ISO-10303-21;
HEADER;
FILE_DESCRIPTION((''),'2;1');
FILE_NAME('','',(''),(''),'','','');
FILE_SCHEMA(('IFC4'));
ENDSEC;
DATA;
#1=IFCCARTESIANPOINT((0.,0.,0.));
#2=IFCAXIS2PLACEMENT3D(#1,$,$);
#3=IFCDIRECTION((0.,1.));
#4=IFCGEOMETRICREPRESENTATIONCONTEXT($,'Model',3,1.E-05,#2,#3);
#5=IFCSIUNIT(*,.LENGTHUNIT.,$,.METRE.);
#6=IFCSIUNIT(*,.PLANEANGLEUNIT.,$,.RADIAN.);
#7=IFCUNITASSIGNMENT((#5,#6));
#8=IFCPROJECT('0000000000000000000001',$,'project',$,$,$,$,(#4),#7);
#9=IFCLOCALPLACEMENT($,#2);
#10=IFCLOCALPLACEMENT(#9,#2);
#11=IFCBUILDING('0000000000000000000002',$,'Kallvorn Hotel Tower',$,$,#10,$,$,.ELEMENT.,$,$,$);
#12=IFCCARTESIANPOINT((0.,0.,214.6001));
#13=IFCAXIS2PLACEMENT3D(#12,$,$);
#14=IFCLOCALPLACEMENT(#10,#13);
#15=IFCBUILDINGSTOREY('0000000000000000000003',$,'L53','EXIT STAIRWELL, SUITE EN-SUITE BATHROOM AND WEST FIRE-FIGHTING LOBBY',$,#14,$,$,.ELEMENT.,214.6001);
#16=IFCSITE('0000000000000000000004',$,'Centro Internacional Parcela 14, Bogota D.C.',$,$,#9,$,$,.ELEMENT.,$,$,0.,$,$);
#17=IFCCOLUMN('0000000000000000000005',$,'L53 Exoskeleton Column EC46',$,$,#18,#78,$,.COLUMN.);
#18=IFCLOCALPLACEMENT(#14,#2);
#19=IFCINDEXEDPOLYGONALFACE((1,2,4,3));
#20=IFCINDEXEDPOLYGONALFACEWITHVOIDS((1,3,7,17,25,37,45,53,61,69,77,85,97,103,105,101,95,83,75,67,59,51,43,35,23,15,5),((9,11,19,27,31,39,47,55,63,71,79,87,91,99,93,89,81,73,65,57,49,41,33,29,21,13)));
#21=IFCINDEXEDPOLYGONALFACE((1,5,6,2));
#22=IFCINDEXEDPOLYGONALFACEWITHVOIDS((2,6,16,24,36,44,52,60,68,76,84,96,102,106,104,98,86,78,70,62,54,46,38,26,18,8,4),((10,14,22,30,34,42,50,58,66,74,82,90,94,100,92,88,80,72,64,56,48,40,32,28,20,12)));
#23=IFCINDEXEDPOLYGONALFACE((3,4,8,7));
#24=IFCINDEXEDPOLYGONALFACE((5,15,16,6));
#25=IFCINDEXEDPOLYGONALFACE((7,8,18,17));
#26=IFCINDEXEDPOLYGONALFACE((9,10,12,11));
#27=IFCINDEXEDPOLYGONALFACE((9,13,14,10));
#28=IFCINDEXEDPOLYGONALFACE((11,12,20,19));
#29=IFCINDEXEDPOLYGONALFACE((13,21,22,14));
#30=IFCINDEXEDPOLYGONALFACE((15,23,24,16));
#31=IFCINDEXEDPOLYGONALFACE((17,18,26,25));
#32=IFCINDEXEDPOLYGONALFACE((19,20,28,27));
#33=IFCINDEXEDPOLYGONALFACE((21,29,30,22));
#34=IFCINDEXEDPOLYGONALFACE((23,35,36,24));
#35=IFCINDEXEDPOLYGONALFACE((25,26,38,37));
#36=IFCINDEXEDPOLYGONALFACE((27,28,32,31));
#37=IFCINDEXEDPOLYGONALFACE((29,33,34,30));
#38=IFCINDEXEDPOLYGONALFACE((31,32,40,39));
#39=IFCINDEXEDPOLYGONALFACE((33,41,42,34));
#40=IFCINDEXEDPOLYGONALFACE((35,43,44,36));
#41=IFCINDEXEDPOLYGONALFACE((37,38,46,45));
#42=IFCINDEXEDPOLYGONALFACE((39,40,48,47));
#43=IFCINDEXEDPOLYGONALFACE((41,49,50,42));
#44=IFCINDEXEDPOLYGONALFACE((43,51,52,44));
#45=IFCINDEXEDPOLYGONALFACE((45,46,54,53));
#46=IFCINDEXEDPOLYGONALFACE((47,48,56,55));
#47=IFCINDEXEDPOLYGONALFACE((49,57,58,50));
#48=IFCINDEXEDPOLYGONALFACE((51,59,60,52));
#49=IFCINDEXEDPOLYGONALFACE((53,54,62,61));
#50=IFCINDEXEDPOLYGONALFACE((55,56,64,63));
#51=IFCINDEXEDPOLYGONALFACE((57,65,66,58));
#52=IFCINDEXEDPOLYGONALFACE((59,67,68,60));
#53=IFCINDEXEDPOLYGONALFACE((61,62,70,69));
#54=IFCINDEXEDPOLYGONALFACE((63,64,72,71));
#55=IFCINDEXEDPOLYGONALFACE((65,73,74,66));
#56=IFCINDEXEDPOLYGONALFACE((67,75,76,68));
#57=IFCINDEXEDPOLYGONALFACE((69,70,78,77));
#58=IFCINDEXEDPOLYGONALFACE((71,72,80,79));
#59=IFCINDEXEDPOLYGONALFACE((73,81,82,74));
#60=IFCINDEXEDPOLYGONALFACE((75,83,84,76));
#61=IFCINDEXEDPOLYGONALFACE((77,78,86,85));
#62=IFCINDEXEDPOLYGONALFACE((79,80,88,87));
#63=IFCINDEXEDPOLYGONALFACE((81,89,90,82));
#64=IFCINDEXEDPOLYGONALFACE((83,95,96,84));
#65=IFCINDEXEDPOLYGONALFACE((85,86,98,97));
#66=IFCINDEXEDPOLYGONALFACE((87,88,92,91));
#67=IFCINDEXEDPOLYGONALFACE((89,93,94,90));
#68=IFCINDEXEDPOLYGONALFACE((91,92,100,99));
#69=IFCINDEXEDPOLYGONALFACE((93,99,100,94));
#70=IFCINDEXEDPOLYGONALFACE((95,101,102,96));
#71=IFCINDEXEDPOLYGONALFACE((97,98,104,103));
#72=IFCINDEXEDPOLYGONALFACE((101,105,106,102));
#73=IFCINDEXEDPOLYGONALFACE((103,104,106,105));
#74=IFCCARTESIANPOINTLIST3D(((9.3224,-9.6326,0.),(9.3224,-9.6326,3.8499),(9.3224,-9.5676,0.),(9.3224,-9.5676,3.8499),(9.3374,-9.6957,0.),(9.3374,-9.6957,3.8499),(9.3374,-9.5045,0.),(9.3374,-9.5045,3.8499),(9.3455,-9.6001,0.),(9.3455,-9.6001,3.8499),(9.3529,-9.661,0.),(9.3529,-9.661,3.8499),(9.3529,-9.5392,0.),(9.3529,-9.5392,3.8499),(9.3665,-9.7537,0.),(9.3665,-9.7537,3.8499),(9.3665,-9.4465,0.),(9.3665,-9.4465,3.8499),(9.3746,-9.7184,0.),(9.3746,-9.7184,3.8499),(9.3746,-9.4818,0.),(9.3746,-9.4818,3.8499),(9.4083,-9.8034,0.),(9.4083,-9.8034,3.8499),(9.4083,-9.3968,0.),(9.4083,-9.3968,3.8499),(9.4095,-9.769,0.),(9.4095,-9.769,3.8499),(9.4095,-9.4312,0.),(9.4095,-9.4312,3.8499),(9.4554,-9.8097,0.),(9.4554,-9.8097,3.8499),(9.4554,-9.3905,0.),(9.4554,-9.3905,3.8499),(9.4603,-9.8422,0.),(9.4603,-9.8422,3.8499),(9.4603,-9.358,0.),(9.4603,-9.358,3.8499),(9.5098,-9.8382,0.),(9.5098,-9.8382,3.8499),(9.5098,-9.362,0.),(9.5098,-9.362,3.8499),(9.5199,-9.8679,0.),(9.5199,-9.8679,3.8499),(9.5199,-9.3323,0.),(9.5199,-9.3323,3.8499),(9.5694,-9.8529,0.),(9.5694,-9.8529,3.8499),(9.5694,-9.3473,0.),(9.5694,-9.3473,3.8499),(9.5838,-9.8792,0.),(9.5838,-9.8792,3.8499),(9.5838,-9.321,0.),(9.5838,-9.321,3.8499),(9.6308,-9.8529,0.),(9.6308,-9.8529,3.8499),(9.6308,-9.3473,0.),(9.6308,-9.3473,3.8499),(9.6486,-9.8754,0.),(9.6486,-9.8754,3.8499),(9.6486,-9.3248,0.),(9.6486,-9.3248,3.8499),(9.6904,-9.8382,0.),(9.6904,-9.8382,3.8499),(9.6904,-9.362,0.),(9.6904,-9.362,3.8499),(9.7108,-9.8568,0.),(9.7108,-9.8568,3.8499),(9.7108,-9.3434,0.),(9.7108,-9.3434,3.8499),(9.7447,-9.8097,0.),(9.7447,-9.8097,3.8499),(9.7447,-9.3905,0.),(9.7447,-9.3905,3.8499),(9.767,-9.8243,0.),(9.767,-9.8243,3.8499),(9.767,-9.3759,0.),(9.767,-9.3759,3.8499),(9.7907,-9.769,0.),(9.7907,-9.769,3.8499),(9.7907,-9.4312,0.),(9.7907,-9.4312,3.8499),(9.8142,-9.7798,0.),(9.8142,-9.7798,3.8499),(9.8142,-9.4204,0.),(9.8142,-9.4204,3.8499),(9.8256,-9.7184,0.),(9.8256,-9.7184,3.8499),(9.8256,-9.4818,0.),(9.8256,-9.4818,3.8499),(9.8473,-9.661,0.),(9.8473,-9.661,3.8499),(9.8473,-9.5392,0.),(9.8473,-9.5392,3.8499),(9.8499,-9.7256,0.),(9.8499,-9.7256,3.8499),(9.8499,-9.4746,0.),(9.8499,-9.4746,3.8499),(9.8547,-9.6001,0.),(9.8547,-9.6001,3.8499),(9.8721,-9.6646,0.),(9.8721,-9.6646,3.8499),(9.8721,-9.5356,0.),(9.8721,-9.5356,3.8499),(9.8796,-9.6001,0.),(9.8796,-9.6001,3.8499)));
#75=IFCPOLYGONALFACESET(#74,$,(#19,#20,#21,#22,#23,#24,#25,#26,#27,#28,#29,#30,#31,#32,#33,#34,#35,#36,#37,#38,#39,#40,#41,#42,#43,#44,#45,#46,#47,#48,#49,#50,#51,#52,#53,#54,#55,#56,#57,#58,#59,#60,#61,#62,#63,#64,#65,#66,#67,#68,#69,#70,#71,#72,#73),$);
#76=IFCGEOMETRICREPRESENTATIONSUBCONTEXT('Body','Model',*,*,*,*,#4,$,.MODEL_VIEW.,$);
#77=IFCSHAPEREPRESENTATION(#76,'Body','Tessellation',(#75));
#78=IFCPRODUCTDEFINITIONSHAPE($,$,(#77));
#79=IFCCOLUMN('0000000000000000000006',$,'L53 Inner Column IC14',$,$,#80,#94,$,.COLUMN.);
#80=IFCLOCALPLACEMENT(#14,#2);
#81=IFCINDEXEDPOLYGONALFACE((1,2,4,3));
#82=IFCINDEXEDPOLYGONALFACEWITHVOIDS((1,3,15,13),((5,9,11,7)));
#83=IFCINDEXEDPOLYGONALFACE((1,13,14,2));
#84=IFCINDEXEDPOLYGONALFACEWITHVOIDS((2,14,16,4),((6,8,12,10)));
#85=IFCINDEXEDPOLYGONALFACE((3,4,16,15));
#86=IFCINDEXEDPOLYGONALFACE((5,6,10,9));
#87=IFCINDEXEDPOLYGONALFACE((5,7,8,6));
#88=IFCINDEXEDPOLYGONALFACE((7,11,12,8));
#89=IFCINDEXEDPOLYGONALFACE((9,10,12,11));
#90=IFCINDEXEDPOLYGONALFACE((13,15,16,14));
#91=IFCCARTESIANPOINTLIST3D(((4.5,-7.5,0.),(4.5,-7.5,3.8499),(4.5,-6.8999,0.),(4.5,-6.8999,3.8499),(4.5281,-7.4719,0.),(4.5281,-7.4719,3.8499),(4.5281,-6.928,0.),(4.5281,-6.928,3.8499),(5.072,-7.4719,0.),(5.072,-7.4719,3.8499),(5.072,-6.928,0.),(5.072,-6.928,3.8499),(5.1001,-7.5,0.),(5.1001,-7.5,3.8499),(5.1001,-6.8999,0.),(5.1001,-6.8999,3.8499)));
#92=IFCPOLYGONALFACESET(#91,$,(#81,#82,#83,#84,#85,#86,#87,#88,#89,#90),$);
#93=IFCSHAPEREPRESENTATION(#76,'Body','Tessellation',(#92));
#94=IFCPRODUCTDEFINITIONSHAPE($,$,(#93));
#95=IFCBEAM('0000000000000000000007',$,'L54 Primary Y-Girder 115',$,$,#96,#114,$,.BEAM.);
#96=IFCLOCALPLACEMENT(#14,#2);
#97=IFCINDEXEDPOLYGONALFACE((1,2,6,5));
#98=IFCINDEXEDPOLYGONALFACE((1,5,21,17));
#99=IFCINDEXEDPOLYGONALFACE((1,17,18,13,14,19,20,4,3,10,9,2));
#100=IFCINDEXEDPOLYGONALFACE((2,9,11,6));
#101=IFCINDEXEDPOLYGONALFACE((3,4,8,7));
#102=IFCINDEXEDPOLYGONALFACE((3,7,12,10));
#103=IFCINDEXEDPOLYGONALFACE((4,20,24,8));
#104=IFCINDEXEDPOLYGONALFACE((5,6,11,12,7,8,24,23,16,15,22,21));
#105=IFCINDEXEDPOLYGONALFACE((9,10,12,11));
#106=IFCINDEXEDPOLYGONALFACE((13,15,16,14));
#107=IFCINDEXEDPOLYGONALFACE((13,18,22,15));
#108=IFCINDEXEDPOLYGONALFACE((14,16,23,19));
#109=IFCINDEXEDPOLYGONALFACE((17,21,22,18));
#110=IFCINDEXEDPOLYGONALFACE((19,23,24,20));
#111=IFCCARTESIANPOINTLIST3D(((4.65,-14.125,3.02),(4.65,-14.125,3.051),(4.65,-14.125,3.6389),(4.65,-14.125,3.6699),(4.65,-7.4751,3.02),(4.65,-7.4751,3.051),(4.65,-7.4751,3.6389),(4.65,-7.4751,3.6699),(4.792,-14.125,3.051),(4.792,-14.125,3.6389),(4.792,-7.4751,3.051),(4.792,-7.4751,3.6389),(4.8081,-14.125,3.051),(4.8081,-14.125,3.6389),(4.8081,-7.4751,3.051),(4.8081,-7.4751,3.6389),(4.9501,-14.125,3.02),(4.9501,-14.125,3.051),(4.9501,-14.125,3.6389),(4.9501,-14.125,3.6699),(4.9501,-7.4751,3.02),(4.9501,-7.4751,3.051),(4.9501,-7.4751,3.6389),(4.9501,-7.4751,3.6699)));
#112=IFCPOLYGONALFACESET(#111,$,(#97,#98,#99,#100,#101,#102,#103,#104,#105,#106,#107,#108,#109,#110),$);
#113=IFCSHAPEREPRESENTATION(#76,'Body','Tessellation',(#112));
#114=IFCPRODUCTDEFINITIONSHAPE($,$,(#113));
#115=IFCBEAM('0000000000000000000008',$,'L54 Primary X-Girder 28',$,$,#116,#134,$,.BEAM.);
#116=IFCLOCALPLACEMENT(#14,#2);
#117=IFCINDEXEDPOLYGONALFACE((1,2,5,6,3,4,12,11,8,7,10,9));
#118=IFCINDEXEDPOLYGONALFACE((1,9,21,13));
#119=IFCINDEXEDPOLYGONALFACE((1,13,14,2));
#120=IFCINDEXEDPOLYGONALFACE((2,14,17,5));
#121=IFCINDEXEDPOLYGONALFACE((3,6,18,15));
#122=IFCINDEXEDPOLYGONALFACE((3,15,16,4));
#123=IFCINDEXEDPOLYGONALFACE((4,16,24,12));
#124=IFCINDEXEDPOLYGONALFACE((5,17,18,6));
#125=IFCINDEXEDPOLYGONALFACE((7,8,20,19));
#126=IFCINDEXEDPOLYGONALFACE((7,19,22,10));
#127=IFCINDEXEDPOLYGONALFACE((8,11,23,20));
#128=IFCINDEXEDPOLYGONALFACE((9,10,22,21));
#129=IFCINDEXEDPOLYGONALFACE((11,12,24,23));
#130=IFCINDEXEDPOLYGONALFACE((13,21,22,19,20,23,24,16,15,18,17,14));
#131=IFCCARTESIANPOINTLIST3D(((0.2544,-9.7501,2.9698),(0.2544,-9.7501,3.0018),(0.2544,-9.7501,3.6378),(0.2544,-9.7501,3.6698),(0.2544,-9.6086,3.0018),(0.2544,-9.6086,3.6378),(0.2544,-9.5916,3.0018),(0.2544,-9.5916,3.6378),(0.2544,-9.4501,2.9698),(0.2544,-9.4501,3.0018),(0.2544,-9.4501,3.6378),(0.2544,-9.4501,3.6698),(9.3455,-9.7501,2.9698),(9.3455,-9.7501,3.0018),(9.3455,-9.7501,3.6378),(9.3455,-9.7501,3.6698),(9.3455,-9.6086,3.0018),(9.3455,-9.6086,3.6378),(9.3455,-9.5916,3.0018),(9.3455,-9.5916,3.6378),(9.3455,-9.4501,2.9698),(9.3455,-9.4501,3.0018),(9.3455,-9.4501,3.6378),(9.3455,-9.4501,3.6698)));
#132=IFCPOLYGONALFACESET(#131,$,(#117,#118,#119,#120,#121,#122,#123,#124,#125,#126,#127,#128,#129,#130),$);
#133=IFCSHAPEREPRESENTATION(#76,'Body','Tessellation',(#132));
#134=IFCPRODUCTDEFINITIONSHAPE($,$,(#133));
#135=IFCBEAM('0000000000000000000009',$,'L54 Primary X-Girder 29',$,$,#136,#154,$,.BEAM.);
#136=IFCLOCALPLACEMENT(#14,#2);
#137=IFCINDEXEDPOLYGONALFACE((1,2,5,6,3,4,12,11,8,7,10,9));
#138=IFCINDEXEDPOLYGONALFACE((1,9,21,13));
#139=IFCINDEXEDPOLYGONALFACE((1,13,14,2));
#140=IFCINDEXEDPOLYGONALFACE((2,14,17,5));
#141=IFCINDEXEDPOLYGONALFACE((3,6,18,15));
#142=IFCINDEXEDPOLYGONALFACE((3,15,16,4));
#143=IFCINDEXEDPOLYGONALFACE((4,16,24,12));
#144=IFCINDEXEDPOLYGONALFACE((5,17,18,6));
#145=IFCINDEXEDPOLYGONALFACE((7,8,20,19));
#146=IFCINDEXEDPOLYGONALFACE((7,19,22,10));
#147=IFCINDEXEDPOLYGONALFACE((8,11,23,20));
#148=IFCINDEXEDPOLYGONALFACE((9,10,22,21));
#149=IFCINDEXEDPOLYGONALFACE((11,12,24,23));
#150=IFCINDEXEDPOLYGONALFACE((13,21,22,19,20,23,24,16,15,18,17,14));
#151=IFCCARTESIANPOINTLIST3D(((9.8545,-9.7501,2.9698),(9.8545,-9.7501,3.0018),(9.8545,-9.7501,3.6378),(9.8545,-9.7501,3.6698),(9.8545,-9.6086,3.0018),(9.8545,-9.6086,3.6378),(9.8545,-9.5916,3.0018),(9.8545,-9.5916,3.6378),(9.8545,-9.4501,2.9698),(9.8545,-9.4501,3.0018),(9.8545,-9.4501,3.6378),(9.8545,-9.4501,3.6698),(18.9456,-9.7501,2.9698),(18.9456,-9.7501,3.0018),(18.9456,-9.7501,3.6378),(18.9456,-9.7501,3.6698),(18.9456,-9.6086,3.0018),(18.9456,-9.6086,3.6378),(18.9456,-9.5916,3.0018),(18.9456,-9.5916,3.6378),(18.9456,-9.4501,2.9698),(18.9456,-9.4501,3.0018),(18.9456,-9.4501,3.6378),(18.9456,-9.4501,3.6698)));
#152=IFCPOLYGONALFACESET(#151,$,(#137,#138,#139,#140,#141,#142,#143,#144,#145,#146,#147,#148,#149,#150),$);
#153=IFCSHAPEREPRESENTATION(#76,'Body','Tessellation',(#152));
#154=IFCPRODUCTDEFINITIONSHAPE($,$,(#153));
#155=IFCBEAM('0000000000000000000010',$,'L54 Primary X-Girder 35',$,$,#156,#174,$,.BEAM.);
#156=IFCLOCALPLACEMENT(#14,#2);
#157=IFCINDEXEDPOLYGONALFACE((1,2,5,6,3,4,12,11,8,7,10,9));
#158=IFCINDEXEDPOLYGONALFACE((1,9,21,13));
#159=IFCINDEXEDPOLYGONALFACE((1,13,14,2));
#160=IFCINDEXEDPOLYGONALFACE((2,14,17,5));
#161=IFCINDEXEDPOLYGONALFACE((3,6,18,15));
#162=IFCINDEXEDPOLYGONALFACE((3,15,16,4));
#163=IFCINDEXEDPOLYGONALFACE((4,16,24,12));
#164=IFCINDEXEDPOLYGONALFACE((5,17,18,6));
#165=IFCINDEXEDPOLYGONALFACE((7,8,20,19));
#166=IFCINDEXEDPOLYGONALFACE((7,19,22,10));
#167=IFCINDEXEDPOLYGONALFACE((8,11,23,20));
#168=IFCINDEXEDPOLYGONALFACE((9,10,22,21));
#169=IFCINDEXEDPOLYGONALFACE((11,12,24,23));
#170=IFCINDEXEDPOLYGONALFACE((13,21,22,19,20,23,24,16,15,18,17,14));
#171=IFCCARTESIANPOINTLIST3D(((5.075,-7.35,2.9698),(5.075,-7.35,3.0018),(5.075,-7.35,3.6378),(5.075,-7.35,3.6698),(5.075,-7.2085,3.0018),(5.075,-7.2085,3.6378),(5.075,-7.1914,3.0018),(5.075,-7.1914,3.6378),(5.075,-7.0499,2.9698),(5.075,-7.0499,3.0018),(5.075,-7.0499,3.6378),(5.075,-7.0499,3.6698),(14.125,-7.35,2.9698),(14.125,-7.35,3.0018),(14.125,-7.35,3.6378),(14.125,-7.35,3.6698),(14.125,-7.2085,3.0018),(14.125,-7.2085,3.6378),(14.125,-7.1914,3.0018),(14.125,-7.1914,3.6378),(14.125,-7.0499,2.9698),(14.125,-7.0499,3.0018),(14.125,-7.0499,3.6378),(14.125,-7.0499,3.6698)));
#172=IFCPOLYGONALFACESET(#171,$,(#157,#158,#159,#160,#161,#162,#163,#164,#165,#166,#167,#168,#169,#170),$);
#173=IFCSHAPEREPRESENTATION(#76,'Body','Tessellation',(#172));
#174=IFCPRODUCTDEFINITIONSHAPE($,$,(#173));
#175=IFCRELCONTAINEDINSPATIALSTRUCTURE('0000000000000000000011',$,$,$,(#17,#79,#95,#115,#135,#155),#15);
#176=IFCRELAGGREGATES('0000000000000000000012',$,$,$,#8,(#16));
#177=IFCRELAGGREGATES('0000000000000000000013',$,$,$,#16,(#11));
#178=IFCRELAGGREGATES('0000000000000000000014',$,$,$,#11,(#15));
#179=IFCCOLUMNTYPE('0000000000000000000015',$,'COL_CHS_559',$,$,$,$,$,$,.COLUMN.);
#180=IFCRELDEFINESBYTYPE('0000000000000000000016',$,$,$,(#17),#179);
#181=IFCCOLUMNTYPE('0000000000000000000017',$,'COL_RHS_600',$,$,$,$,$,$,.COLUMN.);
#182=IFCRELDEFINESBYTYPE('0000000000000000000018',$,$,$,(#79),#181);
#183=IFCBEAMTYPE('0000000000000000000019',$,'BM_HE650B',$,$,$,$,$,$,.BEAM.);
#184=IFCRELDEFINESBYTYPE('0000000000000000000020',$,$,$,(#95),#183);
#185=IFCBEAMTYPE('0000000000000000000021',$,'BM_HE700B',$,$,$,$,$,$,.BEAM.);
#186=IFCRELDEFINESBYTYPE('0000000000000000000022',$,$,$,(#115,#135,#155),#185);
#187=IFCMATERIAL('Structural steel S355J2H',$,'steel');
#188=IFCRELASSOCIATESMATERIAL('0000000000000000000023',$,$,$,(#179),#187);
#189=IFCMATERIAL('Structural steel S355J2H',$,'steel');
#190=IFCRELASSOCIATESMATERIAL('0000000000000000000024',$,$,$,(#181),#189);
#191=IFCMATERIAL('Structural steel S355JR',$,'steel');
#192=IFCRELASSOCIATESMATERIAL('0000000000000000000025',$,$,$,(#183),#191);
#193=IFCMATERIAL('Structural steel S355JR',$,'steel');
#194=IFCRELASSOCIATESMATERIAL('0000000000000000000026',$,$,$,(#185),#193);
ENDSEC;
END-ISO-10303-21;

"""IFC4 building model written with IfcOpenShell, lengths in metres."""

from ifc_helpers import new_model, si_unit, direction, frame, origin, origin_2d, place, context, subcontext, project, spatial, hollow_rectangle, hollow_circle, i_section, extrude, material, material_profile, profile_set, type_object, element, save


model = new_model("IFC4")

# Units and contexts
model_context = context("Model", 3, precision=1e-05, world=origin(), true_north=direction((0.0, 1.0)))
body_context = subcontext(model_context, "Body", "Model", "MODEL_VIEW")
ifc_project = project(units=[si_unit("LENGTHUNIT", "METRE"), si_unit("PLANEANGLEUNIT", "RADIAN")], contexts=[model_context])

# Site, building, storey
site_placement = place(None, origin())
site = spatial("IfcSite", under=ifc_project, at=site_placement, Name="Centro Internacional Parcela 14, Bogota D.C.", CompositionType="ELEMENT", RefElevation=0.0)
building_placement = place(site_placement, origin())
building = spatial("IfcBuilding", under=site, at=building_placement, Name="Kallvorn Hotel Tower", CompositionType="ELEMENT")
storey_placement = place(building_placement, frame((0.0, 0.0, 214.6001)))
storey = spatial("IfcBuildingStorey", under=building, at=storey_placement, Name="L53", Description="EXIT STAIRWELL, SUITE EN-SUITE BATHROOM AND WEST FIRE-FIGHTING LOBBY", CompositionType="ELEMENT", Elevation=214.6001)

# Columns
ifc_material_1 = material(Name="Structural steel S355J2H", Category="steel")
ifc_material_profile_1 = material_profile(ifc_material_1, hollow_circle(Radius=0.2795, WallThickness=0.0249, at=origin_2d()), Name="CHS 559x25")
ifc_profile_set_1 = profile_set([ifc_material_profile_1], Name="Structural steel S355J2H")
column_type_1 = type_object("IfcColumnType", Name="COL_CHS_559", PredefinedType="COLUMN", material=ifc_profile_set_1)
column_1_placement = place(storey_placement, frame((9.6001, -9.6001, 0.0), z_axis=(0.0, 0.0, 1.0), x_axis=(1.0, 0.0, 0.0)))
element("IfcColumn", 1, at=column_1_placement, inside=storey, type_object=column_type_1, Name="L53 Exoskeleton Column EC46", PredefinedType="COLUMN", context=body_context, shape_type="SweptSolid", body=[
    extrude(hollow_circle(Radius=0.2795, WallThickness=0.0249, at=origin_2d()), origin(), (0.0, 0.0, 1.0), 3.8499),
])
ifc_material_2 = material(Name="Structural steel S355J2H", Category="steel")
ifc_material_profile_2 = material_profile(ifc_material_2, hollow_rectangle(XDim=0.6001, YDim=0.6001, WallThickness=0.0281, at=origin_2d()), Name="RHS 600x600x28")
ifc_profile_set_2 = profile_set([ifc_material_profile_2], Name="Structural steel S355J2H")
column_type_2 = type_object("IfcColumnType", Name="COL_RHS_600", PredefinedType="COLUMN", material=ifc_profile_set_2)
column_2_placement = place(storey_placement, frame((4.8, -7.2, 0.0), z_axis=(0.0, 0.0, 1.0), x_axis=(1.0, 0.0, 0.0)))
element("IfcColumn", 2, at=column_2_placement, inside=storey, type_object=column_type_2, Name="L53 Inner Column IC14", PredefinedType="COLUMN", context=body_context, shape_type="SweptSolid", body=[
    extrude(hollow_rectangle(XDim=0.6001, YDim=0.6001, WallThickness=0.0281, at=origin_2d()), origin(), (0.0, 0.0, 1.0), 3.8499),
])

# Beams
ifc_material_3 = material(Name="Structural steel S355JR", Category="steel")
ifc_material_profile_3 = material_profile(ifc_material_3, i_section(OverallWidth=0.3, OverallDepth=0.6499, WebThickness=0.0161, FlangeThickness=0.031, at=origin_2d()), Name="HE 650 B")
ifc_profile_set_3 = profile_set([ifc_material_profile_3], Name="Structural steel S355JR")
beam_type_1 = type_object("IfcBeamType", Name="BM_HE650B", PredefinedType="BEAM", material=ifc_profile_set_3)
beam_1_placement = place(storey_placement, frame((4.8, -14.125, 3.345), z_axis=(0.0, 1.0, 0.0), x_axis=(-1.0, 0.0, 0.0)))
element("IfcBeam", 3, at=beam_1_placement, inside=storey, type_object=beam_type_1, Name="L54 Primary Y-Girder 115", PredefinedType="BEAM", context=body_context, shape_type="SweptSolid", body=[
    extrude(i_section(OverallWidth=0.3, OverallDepth=0.6499, WebThickness=0.0161, FlangeThickness=0.031, at=origin_2d()), origin(), (0.0, 0.0, 1.0), 6.6499),
])
ifc_material_4 = material(Name="Structural steel S355JR", Category="steel")
ifc_material_profile_4 = material_profile(ifc_material_4, i_section(OverallWidth=0.3, OverallDepth=0.7, WebThickness=0.0171, FlangeThickness=0.032, at=origin_2d()), Name="HE 700 B")
ifc_profile_set_4 = profile_set([ifc_material_profile_4], Name="Structural steel S355JR")
beam_type_2 = type_object("IfcBeamType", Name="BM_HE700B", PredefinedType="BEAM", material=ifc_profile_set_4)
for number, where, z_axis, x_axis, name in (
    (4, (0.2544, -9.6001, 3.3198), (1.0, 0.0, 0.0), (0.0, 1.0, 0.0), "L54 Primary X-Girder 28"),
    (5, (9.8545, -9.6001, 3.3198), (1.0, 0.0, 0.0), (0.0, 1.0, 0.0), "L54 Primary X-Girder 29"),
):
    element("IfcBeam", number, at=place(storey_placement, frame(where, z_axis=z_axis, x_axis=x_axis)), inside=storey, type_object=beam_type_2, Name=name, PredefinedType="BEAM", context=body_context, shape_type="SweptSolid", body=[
        extrude(i_section(OverallWidth=0.3, OverallDepth=0.7, WebThickness=0.0171, FlangeThickness=0.032, at=origin_2d()), origin(), (0.0, 0.0, 1.0), 9.0911),
    ])
beam_2_placement = place(storey_placement, frame((5.075, -7.2, 3.3198), z_axis=(1.0, 0.0, 0.0), x_axis=(0.0, 1.0, 0.0)))
element("IfcBeam", 6, at=beam_2_placement, inside=storey, type_object=beam_type_2, Name="L54 Primary X-Girder 35", PredefinedType="BEAM", context=body_context, shape_type="SweptSolid", body=[
    extrude(i_section(OverallWidth=0.3, OverallDepth=0.7, WebThickness=0.0171, FlangeThickness=0.032, at=origin_2d()), origin(), (0.0, 0.0, 1.0), 9.05),
])

save(model, "model.ifc")
